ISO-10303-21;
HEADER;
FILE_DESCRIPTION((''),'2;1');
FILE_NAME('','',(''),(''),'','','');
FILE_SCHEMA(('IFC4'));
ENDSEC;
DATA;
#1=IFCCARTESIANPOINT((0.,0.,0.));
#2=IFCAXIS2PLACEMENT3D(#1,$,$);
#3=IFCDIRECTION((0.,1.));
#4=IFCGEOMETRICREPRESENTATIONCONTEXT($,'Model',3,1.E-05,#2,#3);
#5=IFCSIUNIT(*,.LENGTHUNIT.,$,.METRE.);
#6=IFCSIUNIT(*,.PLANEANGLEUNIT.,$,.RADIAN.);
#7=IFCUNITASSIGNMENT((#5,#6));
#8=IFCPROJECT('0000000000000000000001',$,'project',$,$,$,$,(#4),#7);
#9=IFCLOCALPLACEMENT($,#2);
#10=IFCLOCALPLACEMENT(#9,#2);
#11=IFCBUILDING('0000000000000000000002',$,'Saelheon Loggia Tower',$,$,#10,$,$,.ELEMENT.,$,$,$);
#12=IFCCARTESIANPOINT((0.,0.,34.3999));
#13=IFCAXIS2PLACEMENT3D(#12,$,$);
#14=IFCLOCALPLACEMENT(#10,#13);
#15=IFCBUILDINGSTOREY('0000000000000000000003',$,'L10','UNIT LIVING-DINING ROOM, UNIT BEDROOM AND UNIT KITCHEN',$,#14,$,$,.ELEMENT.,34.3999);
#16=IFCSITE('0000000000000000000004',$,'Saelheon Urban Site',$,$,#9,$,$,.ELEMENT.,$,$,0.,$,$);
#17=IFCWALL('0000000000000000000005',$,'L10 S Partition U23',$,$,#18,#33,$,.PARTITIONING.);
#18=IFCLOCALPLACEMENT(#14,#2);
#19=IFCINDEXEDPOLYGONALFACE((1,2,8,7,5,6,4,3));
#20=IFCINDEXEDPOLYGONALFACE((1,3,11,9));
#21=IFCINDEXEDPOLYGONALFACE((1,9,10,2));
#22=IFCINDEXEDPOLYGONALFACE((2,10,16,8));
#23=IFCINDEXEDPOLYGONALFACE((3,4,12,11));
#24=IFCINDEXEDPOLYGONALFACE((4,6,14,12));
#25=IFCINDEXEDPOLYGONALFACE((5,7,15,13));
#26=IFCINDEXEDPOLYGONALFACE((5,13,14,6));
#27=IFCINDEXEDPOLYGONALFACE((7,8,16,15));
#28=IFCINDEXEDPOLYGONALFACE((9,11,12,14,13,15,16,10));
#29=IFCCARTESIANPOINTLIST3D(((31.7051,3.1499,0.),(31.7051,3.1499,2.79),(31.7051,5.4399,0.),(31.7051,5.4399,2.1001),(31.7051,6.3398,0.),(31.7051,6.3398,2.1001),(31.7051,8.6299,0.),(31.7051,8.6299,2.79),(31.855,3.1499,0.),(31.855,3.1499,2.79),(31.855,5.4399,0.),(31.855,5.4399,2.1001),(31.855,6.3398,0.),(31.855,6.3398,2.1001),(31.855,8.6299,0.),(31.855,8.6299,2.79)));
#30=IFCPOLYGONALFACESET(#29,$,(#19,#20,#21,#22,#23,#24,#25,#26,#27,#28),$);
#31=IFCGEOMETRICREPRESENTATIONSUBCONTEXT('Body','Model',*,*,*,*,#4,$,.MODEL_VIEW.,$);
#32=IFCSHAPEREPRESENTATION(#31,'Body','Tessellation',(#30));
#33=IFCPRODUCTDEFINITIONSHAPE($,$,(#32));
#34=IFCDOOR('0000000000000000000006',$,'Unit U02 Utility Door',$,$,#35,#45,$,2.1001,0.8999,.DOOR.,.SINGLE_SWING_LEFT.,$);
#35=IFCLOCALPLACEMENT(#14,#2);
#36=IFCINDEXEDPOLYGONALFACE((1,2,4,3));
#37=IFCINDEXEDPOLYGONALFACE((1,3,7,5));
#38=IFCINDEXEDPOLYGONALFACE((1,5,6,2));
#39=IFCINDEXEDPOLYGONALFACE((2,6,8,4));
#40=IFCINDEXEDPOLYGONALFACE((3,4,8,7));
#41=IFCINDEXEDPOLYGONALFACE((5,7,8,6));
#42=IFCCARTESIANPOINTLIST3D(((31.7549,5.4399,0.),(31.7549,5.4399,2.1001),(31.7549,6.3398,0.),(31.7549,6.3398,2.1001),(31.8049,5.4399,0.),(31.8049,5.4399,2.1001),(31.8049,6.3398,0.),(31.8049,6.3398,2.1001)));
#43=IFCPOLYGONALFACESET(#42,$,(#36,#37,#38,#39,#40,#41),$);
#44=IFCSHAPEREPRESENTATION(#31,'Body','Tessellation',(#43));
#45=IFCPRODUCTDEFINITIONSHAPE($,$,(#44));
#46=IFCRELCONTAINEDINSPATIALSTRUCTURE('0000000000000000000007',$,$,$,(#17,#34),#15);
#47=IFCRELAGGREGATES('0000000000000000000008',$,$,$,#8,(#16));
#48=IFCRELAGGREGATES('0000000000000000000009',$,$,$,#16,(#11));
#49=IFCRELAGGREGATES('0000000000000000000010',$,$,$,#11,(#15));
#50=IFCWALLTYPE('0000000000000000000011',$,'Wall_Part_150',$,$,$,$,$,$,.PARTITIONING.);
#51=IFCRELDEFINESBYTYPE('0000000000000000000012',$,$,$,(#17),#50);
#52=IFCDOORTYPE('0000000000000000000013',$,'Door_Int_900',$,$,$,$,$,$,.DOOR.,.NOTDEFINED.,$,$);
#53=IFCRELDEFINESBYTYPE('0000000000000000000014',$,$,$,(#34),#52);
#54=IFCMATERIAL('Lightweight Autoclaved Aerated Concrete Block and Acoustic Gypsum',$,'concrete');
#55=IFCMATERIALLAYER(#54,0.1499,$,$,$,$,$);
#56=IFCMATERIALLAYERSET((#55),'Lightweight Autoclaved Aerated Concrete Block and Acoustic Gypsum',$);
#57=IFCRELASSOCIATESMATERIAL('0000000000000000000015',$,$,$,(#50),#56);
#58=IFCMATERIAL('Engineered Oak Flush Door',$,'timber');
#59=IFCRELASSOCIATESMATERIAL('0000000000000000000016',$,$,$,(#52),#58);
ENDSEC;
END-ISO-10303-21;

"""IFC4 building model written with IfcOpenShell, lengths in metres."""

from ifc_helpers import new_model, si_unit, direction, frame, frame_2d, origin, place, context, subcontext, project, spatial, rectangle, extrude, source, transform, mapped, material, layer, layer_set, type_object, element, fill, save


model = new_model("IFC4")

# Units and contexts
model_context = context("Model", 3, precision=1e-05, world=origin(), true_north=direction((0.0, 1.0)))
body_context = subcontext(model_context, "Body", "Model", "MODEL_VIEW")
ifc_project = project(units=[si_unit("LENGTHUNIT", "METRE"), si_unit("PLANEANGLEUNIT", "RADIAN")], contexts=[model_context])

# Site, building, storey
site_placement = place(None, origin())
site = spatial("IfcSite", under=ifc_project, at=site_placement, Name="Saelheon Urban Site", CompositionType="ELEMENT", RefElevation=0.0)
building_placement = place(site_placement, origin())
building = spatial("IfcBuilding", under=site, at=building_placement, Name="Saelheon Loggia Tower", CompositionType="ELEMENT")
storey_placement = place(building_placement, frame((0.0, 0.0, 34.3999)))
storey = spatial("IfcBuildingStorey", under=building, at=storey_placement, Name="L10", Description="UNIT LIVING-DINING ROOM, UNIT BEDROOM AND UNIT KITCHEN", CompositionType="ELEMENT", Elevation=34.3999)

# Shared definitions
ifc_material_1 = material(Name="Lightweight Autoclaved Aerated Concrete Block and Acoustic Gypsum", Category="concrete")
ifc_layer_1 = layer(ifc_material_1, 0.1499)
ifc_layer_set_1 = layer_set([ifc_layer_1], Name="Lightweight Autoclaved Aerated Concrete Block and Acoustic Gypsum")
wall_type = type_object("IfcWallType", Name="Wall_Part_150", PredefinedType="PARTITIONING", material=ifc_layer_set_1)

# Wall, opening, door
wall_1_placement = place(storey_placement, frame((31.78, 8.6299, 0.0), z_axis=(0.0, 0.0, 1.0), x_axis=(0.0, -1.0, 0.0)))
wall_1 = element("IfcWall", 1, at=wall_1_placement, inside=storey, type_object=wall_type, Name="L10 S Partition U23", PredefinedType="PARTITIONING", context=body_context, shape_type="SweptSolid", body=[
    extrude(rectangle(XDim=5.48, YDim=0.1499, at=frame_2d((2.74, 0.0))), origin(), (0.0, 0.0, 1.0), 2.79),
])
opening_placement = place(wall_1_placement, frame((2.29, 0.0, 0.0)))
opening = element("IfcOpeningElement", 2, at=opening_placement, cuts=wall_1, PredefinedType="OPENING", context=body_context, shape_type="SweptSolid", body=[
    extrude(rectangle(XDim=0.8999, YDim=2.1001, at=frame_2d((0.45, 1.05))), frame((0.0, 0.0869, 0.0), z_axis=(0.0, -1.0, 0.0), x_axis=(1.0, 0.0, 0.0)), (0.0, 0.0, 1.0), 0.1738),
])
ifc_material_2 = material(Name="Engineered Oak Flush Door", Category="timber")
door_type = type_object("IfcDoorType", Name="Door_Int_900", OperationType="NOTDEFINED", PredefinedType="DOOR", material=ifc_material_2)
shared_shape_1 = source(origin(), body_context, "Body", "SweptSolid", [
    extrude(rectangle(XDim=0.8999, YDim=2.1001, at=frame_2d((0.45, 1.05))), frame((0.0, 0.0249, 0.0), z_axis=(0.0, -1.0, 0.0), x_axis=(1.0, 0.0, 0.0)), (0.0, 0.0, 1.0), 0.05),
])
door_placement = place(opening_placement, origin())
door = element("IfcDoor", 3, at=door_placement, inside=storey, type_object=door_type, Name="Unit U02 Utility Door", OperationType="SINGLE_SWING_LEFT", OverallHeight=2.1001, OverallWidth=0.8999, PredefinedType="DOOR", context=body_context, shape_type="MappedRepresentation", body=[
    mapped(shared_shape_1, transform((0.0, 0.0, 0.0), scale=1.0)),
])
fill(opening, door)

save(model, "model.ifc")
